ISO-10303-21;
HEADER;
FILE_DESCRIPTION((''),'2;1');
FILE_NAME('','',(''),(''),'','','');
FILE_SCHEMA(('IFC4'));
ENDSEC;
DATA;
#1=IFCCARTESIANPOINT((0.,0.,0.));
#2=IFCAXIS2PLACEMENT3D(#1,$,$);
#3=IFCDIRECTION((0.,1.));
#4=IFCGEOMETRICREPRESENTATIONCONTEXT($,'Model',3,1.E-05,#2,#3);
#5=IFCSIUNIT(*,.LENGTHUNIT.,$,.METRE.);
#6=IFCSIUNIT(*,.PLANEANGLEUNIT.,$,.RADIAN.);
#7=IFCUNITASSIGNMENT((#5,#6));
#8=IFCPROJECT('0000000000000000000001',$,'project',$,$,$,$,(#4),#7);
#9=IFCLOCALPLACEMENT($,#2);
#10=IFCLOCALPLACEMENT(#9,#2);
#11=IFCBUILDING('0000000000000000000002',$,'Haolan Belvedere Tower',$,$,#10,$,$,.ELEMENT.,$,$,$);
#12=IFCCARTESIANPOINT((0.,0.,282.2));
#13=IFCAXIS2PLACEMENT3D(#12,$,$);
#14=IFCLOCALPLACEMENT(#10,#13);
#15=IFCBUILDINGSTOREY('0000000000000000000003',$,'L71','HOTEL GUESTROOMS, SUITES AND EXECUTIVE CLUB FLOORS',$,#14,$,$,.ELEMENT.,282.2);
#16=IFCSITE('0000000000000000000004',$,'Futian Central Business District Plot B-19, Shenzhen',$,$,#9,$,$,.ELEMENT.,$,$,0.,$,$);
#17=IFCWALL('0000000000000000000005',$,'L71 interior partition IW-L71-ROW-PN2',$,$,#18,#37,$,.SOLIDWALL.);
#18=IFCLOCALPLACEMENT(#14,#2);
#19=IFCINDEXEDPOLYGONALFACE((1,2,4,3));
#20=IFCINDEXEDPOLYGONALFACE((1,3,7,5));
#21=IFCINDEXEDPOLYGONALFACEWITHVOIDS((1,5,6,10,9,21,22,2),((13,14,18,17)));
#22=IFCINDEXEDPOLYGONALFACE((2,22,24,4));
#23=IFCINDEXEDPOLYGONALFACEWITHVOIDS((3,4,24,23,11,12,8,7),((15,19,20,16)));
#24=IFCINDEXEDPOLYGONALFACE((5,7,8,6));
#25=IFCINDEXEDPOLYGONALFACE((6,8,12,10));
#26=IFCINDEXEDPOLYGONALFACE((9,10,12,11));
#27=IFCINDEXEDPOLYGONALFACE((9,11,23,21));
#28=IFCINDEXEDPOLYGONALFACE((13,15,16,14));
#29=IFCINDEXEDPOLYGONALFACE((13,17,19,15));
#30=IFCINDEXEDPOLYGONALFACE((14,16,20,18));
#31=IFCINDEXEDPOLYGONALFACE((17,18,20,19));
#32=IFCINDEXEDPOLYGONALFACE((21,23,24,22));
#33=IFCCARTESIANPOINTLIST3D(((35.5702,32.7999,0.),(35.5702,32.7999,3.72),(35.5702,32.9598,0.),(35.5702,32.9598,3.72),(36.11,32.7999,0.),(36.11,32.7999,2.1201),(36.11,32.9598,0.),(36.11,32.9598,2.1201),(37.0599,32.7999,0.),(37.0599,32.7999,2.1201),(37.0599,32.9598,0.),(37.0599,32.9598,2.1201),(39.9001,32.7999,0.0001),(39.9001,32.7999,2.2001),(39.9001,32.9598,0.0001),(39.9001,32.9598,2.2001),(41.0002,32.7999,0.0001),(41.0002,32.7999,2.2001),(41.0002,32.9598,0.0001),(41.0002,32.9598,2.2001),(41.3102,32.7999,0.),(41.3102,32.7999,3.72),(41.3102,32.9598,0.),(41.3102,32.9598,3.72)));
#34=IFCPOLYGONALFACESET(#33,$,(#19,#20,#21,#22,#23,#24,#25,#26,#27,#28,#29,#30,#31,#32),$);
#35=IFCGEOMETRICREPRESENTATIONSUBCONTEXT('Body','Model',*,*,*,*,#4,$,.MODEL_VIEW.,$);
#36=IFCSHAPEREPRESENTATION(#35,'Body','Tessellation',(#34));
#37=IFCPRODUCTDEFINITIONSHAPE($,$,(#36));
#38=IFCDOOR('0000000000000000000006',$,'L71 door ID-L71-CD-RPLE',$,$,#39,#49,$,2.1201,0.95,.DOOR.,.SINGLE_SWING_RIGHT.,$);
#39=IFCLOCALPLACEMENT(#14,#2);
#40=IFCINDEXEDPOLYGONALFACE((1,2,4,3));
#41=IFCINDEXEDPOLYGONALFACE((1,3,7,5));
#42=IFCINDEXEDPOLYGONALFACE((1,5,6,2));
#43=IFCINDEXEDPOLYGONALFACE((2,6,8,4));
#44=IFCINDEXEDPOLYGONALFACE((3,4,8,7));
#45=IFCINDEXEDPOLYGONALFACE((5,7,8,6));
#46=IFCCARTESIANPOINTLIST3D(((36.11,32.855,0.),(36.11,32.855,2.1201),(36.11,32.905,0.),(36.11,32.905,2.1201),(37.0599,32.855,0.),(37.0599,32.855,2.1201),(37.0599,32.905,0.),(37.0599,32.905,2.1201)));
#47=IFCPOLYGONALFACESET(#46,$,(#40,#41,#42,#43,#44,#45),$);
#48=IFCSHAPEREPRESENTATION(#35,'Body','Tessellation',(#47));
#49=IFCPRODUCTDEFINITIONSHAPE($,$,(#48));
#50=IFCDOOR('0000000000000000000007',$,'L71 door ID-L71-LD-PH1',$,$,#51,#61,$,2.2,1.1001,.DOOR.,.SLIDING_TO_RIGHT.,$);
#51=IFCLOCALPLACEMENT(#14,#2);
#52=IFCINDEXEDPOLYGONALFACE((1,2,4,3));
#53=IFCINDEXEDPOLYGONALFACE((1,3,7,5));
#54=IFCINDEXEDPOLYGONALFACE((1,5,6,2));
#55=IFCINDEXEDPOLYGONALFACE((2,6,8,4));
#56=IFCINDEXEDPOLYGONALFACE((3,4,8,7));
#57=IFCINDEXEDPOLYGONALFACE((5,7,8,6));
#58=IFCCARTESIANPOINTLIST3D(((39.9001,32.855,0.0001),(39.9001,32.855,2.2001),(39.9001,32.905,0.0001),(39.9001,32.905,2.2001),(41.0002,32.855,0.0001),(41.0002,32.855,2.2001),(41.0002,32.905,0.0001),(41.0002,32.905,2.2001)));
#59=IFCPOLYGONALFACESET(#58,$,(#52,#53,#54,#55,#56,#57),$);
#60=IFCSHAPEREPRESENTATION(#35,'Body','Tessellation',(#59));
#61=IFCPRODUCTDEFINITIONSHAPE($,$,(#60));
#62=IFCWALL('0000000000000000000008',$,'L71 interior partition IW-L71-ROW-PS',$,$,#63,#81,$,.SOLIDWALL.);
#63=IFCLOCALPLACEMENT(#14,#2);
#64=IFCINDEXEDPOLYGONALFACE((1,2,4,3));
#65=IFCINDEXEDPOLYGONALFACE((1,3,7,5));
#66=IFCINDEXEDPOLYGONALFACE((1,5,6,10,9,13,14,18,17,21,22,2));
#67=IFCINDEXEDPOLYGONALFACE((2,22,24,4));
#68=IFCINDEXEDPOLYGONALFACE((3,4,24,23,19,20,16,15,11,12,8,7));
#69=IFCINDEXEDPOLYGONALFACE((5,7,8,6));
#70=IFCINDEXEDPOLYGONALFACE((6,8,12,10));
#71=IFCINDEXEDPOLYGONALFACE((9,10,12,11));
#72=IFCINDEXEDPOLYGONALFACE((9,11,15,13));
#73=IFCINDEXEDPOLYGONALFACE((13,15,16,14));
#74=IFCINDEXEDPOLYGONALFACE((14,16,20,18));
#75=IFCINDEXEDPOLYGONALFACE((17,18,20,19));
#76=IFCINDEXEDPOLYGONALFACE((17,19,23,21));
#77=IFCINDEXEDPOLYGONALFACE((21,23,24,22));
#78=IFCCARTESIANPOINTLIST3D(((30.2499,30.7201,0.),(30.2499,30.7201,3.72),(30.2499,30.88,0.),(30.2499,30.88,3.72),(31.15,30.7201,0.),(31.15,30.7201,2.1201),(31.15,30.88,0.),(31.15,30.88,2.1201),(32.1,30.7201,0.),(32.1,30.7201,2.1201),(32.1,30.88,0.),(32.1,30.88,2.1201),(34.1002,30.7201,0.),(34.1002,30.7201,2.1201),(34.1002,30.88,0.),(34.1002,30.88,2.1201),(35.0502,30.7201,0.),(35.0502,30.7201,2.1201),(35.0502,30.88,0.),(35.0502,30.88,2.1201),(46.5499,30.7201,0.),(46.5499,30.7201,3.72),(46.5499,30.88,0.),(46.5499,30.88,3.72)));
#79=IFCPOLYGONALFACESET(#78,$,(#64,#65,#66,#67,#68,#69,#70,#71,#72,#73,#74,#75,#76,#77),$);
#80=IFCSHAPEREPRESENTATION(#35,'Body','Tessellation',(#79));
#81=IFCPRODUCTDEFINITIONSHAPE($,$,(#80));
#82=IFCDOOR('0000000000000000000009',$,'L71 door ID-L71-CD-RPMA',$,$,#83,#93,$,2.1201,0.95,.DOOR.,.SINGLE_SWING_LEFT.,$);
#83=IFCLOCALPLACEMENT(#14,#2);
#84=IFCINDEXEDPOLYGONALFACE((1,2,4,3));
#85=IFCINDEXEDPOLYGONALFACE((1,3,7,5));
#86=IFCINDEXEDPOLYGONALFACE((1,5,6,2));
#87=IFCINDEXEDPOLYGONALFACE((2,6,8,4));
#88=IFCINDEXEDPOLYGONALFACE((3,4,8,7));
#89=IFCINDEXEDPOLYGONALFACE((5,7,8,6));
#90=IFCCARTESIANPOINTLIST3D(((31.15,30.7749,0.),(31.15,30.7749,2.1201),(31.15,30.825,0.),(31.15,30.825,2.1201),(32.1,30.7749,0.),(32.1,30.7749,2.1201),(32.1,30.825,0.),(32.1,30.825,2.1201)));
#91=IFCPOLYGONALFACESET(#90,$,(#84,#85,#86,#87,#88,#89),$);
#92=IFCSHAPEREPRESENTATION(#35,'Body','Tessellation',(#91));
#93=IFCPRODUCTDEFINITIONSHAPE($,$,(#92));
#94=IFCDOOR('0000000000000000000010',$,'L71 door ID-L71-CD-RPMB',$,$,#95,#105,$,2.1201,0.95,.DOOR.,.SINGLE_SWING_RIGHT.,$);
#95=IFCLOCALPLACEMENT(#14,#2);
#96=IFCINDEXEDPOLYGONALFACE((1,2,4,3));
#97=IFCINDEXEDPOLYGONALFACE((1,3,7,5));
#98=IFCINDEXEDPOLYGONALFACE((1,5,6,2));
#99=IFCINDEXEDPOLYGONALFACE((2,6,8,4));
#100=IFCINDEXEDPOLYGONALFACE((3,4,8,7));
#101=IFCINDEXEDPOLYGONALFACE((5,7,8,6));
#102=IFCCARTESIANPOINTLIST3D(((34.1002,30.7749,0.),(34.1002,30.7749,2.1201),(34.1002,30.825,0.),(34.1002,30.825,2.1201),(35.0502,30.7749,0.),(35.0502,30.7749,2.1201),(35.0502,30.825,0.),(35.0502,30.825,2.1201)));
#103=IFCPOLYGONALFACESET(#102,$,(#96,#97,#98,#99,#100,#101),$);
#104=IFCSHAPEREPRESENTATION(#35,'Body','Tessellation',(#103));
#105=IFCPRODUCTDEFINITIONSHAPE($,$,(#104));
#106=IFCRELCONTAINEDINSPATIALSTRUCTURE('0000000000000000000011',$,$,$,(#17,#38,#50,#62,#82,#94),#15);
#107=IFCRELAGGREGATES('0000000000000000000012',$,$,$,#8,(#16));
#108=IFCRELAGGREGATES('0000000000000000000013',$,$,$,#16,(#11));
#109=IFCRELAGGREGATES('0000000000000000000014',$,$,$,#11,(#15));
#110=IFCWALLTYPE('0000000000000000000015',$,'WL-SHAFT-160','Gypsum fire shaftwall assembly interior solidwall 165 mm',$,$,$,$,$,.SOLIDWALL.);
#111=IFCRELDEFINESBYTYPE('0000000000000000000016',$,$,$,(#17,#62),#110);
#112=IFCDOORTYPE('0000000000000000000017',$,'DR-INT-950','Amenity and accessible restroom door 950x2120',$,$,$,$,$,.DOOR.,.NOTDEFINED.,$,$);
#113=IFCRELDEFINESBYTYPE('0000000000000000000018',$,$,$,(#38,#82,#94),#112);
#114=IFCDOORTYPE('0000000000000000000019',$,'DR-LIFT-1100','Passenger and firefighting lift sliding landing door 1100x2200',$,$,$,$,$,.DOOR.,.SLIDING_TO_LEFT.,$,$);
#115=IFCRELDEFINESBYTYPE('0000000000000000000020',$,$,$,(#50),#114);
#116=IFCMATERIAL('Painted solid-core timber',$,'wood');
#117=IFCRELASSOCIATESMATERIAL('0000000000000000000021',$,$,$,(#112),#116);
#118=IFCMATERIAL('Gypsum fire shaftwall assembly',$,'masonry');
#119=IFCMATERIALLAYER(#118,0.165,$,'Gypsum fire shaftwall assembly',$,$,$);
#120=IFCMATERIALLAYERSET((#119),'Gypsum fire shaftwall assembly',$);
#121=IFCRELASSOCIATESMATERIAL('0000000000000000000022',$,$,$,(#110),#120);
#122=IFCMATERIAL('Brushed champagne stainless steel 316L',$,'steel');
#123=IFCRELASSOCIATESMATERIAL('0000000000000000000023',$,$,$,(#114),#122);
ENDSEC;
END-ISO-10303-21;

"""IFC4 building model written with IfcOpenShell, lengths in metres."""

from ifc_helpers import new_model, si_unit, direction, frame, frame_2d, origin, place, context, subcontext, project, spatial, rectangle, extrude, material, layer, layer_set, type_object, element, fill, save


model = new_model("IFC4")

# Units and contexts
model_context = context("Model", 3, precision=1e-05, world=origin(), true_north=direction((0.0, 1.0)))
body_context = subcontext(model_context, "Body", "Model", "MODEL_VIEW")
ifc_project = project(units=[si_unit("LENGTHUNIT", "METRE"), si_unit("PLANEANGLEUNIT", "RADIAN")], contexts=[model_context])

# Site, building, storey
site_placement = place(None, origin())
site = spatial("IfcSite", under=ifc_project, at=site_placement, Name="Futian Central Business District Plot B-19, Shenzhen", CompositionType="ELEMENT", RefElevation=0.0)
building_placement = place(site_placement, origin())
building = spatial("IfcBuilding", under=site, at=building_placement, Name="Haolan Belvedere Tower", CompositionType="ELEMENT")
storey_placement = place(building_placement, frame((0.0, 0.0, 282.2)))
storey = spatial("IfcBuildingStorey", under=building, at=storey_placement, Name="L71", Description="HOTEL GUESTROOMS, SUITES AND EXECUTIVE CLUB FLOORS", CompositionType="ELEMENT", Elevation=282.2)

# Shared definitions
ifc_material_1 = material(Name="Painted solid-core timber", Category="wood")
door_type_1 = type_object("IfcDoorType", Name="DR-INT-950", Description="Amenity and accessible restroom door 950x2120", OperationType="NOTDEFINED", PredefinedType="DOOR", material=ifc_material_1)

# Shared definitions
ifc_material_2 = material(Name="Gypsum fire shaftwall assembly", Category="masonry")
ifc_layer_1 = layer(ifc_material_2, 0.165, Name="Gypsum fire shaftwall assembly")
ifc_layer_set_1 = layer_set([ifc_layer_1], Name="Gypsum fire shaftwall assembly")
wall_type_1 = type_object("IfcWallType", Name="WL-SHAFT-160", Description="Gypsum fire shaftwall assembly interior solidwall 165 mm", PredefinedType="SOLIDWALL", material=ifc_layer_set_1)

# Walls, openings, doors
wall_1_placement = place(storey_placement, frame((35.5701, 32.8799, 0.0), z_axis=(0.0, 0.0, 1.0), x_axis=(1.0, 0.0, 0.0)))
wall_1 = element("IfcWall", 1, at=wall_1_placement, inside=storey, type_object=wall_type_1, Name="L71 interior partition IW-L71-ROW-PN2", PredefinedType="SOLIDWALL", context=body_context, shape_type="SweptSolid", body=[
    extrude(rectangle(XDim=5.74, YDim=0.1599, at=frame_2d((2.8701, 0.0))), origin(), (0.0, 0.0, 1.0), 3.72),
])
opening_1_placement = place(wall_1_placement, frame((1.49, 0.0, 0.0), z_axis=(0.0, 0.0, 1.0), x_axis=(-1.0, 0.0, 0.0)))
opening_1 = element("IfcOpeningElement", 2, at=opening_1_placement, cuts=wall_1, PredefinedType="OPENING", context=body_context, shape_type="SweptSolid", body=[
    extrude(rectangle(XDim=0.95, YDim=2.1201, at=frame_2d((0.4751, 1.0601))), frame((0.0, 0.0898, 0.0), z_axis=(0.0, -1.0, 0.0), x_axis=(1.0, 0.0, 0.0)), (0.0, 0.0, 1.0), 0.1799),
])
opening_2_placement = place(wall_1_placement, frame((5.4302, 0.0, 0.0), z_axis=(0.0, 0.0, 1.0), x_axis=(-1.0, 0.0, 0.0)))
opening_2 = element("IfcOpeningElement", 3, at=opening_2_placement, cuts=wall_1, PredefinedType="OPENING", context=body_context, shape_type="SweptSolid", body=[
    extrude(rectangle(XDim=1.1001, YDim=2.2, at=frame_2d((0.55, 1.1001))), frame((0.0, 0.0898, 0.0), z_axis=(0.0, -1.0, 0.0), x_axis=(1.0, 0.0, 0.0)), (0.0, 0.0, 1.0), 0.1799),
])
door_1_placement = place(opening_1_placement, origin())
door_1 = element("IfcDoor", 4, at=door_1_placement, inside=storey, type_object=door_type_1, Name="L71 door ID-L71-CD-RPLE", OperationType="SINGLE_SWING_RIGHT", OverallHeight=2.1201, OverallWidth=0.95, PredefinedType="DOOR", context=body_context, shape_type="SweptSolid", body=[
    extrude(rectangle(XDim=0.95, YDim=2.1201, at=frame_2d((0.4751, 1.0601))), frame((0.0, 0.0249, 0.0), z_axis=(0.0, -1.0, 0.0), x_axis=(1.0, 0.0, 0.0)), (0.0, 0.0, 1.0), 0.05),
])
fill(opening_1, door_1)
ifc_material_3 = material(Name="Brushed champagne stainless steel 316L", Category="steel")
door_type_2 = type_object("IfcDoorType", Name="DR-LIFT-1100", Description="Passenger and firefighting lift sliding landing door 1100x2200", OperationType="SLIDING_TO_LEFT", PredefinedType="DOOR", material=ifc_material_3)
door_2_placement = place(opening_2_placement, origin())
door_2 = element("IfcDoor", 5, at=door_2_placement, inside=storey, type_object=door_type_2, Name="L71 door ID-L71-LD-PH1", OperationType="SLIDING_TO_RIGHT", OverallHeight=2.2, OverallWidth=1.1001, PredefinedType="DOOR", context=body_context, shape_type="SweptSolid", body=[
    extrude(rectangle(XDim=1.1001, YDim=2.2, at=frame_2d((0.55, 1.1001))), frame((0.0, 0.0249, 0.0), z_axis=(0.0, -1.0, 0.0), x_axis=(1.0, 0.0, 0.0)), (0.0, 0.0, 1.0), 0.05),
])
fill(opening_2, door_2)
wall_2_placement = place(storey_placement, frame((30.25, 30.8, 0.0), z_axis=(0.0, 0.0, 1.0), x_axis=(1.0, 0.0, 0.0)))
wall_2 = element("IfcWall", 6, at=wall_2_placement, inside=storey, type_object=wall_type_1, Name="L71 interior partition IW-L71-ROW-PS", PredefinedType="SOLIDWALL", context=body_context, shape_type="SweptSolid", body=[
    extrude(rectangle(XDim=16.3, YDim=0.1599, at=frame_2d((8.1499, 0.0))), origin(), (0.0, 0.0, 1.0), 3.72),
])
opening_3_placement = place(wall_2_placement, frame((0.8999, 0.0, 0.0)))
opening_3 = element("IfcOpeningElement", 7, at=opening_3_placement, cuts=wall_2, PredefinedType="OPENING", context=body_context, shape_type="SweptSolid", body=[
    extrude(rectangle(XDim=0.95, YDim=2.1201, at=frame_2d((0.4751, 1.0601))), frame((0.0, 0.0898, 0.0), z_axis=(0.0, -1.0, 0.0), x_axis=(1.0, 0.0, 0.0)), (0.0, 0.0, 1.0), 0.1799),
])
opening_4_placement = place(wall_2_placement, frame((3.8501, 0.0, 0.0)))
opening_4 = element("IfcOpeningElement", 8, at=opening_4_placement, cuts=wall_2, PredefinedType="OPENING", context=body_context, shape_type="SweptSolid", body=[
    extrude(rectangle(XDim=0.95, YDim=2.1201, at=frame_2d((0.4751, 1.0601))), frame((0.0, 0.0898, 0.0), z_axis=(0.0, -1.0, 0.0), x_axis=(1.0, 0.0, 0.0)), (0.0, 0.0, 1.0), 0.1799),
])
door_3_placement = place(opening_3_placement, origin())
door_3 = element("IfcDoor", 9, at=door_3_placement, inside=storey, type_object=door_type_1, Name="L71 door ID-L71-CD-RPMA", OperationType="SINGLE_SWING_LEFT", OverallHeight=2.1201, OverallWidth=0.95, PredefinedType="DOOR", context=body_context, shape_type="SweptSolid", body=[
    extrude(rectangle(XDim=0.95, YDim=2.1201, at=frame_2d((0.4751, 1.0601))), frame((0.0, 0.0249, 0.0), z_axis=(0.0, -1.0, 0.0), x_axis=(1.0, 0.0, 0.0)), (0.0, 0.0, 1.0), 0.05),
])
fill(opening_3, door_3)
door_4_placement = place(opening_4_placement, origin())
door_4 = element("IfcDoor", 10, at=door_4_placement, inside=storey, type_object=door_type_1, Name="L71 door ID-L71-CD-RPMB", OperationType="SINGLE_SWING_RIGHT", OverallHeight=2.1201, OverallWidth=0.95, PredefinedType="DOOR", context=body_context, shape_type="SweptSolid", body=[
    extrude(rectangle(XDim=0.95, YDim=2.1201, at=frame_2d((0.4751, 1.0601))), frame((0.0, 0.0249, 0.0), z_axis=(0.0, -1.0, 0.0), x_axis=(1.0, 0.0, 0.0)), (0.0, 0.0, 1.0), 0.05),
])
fill(opening_4, door_4)

save(model, "model.ifc")
